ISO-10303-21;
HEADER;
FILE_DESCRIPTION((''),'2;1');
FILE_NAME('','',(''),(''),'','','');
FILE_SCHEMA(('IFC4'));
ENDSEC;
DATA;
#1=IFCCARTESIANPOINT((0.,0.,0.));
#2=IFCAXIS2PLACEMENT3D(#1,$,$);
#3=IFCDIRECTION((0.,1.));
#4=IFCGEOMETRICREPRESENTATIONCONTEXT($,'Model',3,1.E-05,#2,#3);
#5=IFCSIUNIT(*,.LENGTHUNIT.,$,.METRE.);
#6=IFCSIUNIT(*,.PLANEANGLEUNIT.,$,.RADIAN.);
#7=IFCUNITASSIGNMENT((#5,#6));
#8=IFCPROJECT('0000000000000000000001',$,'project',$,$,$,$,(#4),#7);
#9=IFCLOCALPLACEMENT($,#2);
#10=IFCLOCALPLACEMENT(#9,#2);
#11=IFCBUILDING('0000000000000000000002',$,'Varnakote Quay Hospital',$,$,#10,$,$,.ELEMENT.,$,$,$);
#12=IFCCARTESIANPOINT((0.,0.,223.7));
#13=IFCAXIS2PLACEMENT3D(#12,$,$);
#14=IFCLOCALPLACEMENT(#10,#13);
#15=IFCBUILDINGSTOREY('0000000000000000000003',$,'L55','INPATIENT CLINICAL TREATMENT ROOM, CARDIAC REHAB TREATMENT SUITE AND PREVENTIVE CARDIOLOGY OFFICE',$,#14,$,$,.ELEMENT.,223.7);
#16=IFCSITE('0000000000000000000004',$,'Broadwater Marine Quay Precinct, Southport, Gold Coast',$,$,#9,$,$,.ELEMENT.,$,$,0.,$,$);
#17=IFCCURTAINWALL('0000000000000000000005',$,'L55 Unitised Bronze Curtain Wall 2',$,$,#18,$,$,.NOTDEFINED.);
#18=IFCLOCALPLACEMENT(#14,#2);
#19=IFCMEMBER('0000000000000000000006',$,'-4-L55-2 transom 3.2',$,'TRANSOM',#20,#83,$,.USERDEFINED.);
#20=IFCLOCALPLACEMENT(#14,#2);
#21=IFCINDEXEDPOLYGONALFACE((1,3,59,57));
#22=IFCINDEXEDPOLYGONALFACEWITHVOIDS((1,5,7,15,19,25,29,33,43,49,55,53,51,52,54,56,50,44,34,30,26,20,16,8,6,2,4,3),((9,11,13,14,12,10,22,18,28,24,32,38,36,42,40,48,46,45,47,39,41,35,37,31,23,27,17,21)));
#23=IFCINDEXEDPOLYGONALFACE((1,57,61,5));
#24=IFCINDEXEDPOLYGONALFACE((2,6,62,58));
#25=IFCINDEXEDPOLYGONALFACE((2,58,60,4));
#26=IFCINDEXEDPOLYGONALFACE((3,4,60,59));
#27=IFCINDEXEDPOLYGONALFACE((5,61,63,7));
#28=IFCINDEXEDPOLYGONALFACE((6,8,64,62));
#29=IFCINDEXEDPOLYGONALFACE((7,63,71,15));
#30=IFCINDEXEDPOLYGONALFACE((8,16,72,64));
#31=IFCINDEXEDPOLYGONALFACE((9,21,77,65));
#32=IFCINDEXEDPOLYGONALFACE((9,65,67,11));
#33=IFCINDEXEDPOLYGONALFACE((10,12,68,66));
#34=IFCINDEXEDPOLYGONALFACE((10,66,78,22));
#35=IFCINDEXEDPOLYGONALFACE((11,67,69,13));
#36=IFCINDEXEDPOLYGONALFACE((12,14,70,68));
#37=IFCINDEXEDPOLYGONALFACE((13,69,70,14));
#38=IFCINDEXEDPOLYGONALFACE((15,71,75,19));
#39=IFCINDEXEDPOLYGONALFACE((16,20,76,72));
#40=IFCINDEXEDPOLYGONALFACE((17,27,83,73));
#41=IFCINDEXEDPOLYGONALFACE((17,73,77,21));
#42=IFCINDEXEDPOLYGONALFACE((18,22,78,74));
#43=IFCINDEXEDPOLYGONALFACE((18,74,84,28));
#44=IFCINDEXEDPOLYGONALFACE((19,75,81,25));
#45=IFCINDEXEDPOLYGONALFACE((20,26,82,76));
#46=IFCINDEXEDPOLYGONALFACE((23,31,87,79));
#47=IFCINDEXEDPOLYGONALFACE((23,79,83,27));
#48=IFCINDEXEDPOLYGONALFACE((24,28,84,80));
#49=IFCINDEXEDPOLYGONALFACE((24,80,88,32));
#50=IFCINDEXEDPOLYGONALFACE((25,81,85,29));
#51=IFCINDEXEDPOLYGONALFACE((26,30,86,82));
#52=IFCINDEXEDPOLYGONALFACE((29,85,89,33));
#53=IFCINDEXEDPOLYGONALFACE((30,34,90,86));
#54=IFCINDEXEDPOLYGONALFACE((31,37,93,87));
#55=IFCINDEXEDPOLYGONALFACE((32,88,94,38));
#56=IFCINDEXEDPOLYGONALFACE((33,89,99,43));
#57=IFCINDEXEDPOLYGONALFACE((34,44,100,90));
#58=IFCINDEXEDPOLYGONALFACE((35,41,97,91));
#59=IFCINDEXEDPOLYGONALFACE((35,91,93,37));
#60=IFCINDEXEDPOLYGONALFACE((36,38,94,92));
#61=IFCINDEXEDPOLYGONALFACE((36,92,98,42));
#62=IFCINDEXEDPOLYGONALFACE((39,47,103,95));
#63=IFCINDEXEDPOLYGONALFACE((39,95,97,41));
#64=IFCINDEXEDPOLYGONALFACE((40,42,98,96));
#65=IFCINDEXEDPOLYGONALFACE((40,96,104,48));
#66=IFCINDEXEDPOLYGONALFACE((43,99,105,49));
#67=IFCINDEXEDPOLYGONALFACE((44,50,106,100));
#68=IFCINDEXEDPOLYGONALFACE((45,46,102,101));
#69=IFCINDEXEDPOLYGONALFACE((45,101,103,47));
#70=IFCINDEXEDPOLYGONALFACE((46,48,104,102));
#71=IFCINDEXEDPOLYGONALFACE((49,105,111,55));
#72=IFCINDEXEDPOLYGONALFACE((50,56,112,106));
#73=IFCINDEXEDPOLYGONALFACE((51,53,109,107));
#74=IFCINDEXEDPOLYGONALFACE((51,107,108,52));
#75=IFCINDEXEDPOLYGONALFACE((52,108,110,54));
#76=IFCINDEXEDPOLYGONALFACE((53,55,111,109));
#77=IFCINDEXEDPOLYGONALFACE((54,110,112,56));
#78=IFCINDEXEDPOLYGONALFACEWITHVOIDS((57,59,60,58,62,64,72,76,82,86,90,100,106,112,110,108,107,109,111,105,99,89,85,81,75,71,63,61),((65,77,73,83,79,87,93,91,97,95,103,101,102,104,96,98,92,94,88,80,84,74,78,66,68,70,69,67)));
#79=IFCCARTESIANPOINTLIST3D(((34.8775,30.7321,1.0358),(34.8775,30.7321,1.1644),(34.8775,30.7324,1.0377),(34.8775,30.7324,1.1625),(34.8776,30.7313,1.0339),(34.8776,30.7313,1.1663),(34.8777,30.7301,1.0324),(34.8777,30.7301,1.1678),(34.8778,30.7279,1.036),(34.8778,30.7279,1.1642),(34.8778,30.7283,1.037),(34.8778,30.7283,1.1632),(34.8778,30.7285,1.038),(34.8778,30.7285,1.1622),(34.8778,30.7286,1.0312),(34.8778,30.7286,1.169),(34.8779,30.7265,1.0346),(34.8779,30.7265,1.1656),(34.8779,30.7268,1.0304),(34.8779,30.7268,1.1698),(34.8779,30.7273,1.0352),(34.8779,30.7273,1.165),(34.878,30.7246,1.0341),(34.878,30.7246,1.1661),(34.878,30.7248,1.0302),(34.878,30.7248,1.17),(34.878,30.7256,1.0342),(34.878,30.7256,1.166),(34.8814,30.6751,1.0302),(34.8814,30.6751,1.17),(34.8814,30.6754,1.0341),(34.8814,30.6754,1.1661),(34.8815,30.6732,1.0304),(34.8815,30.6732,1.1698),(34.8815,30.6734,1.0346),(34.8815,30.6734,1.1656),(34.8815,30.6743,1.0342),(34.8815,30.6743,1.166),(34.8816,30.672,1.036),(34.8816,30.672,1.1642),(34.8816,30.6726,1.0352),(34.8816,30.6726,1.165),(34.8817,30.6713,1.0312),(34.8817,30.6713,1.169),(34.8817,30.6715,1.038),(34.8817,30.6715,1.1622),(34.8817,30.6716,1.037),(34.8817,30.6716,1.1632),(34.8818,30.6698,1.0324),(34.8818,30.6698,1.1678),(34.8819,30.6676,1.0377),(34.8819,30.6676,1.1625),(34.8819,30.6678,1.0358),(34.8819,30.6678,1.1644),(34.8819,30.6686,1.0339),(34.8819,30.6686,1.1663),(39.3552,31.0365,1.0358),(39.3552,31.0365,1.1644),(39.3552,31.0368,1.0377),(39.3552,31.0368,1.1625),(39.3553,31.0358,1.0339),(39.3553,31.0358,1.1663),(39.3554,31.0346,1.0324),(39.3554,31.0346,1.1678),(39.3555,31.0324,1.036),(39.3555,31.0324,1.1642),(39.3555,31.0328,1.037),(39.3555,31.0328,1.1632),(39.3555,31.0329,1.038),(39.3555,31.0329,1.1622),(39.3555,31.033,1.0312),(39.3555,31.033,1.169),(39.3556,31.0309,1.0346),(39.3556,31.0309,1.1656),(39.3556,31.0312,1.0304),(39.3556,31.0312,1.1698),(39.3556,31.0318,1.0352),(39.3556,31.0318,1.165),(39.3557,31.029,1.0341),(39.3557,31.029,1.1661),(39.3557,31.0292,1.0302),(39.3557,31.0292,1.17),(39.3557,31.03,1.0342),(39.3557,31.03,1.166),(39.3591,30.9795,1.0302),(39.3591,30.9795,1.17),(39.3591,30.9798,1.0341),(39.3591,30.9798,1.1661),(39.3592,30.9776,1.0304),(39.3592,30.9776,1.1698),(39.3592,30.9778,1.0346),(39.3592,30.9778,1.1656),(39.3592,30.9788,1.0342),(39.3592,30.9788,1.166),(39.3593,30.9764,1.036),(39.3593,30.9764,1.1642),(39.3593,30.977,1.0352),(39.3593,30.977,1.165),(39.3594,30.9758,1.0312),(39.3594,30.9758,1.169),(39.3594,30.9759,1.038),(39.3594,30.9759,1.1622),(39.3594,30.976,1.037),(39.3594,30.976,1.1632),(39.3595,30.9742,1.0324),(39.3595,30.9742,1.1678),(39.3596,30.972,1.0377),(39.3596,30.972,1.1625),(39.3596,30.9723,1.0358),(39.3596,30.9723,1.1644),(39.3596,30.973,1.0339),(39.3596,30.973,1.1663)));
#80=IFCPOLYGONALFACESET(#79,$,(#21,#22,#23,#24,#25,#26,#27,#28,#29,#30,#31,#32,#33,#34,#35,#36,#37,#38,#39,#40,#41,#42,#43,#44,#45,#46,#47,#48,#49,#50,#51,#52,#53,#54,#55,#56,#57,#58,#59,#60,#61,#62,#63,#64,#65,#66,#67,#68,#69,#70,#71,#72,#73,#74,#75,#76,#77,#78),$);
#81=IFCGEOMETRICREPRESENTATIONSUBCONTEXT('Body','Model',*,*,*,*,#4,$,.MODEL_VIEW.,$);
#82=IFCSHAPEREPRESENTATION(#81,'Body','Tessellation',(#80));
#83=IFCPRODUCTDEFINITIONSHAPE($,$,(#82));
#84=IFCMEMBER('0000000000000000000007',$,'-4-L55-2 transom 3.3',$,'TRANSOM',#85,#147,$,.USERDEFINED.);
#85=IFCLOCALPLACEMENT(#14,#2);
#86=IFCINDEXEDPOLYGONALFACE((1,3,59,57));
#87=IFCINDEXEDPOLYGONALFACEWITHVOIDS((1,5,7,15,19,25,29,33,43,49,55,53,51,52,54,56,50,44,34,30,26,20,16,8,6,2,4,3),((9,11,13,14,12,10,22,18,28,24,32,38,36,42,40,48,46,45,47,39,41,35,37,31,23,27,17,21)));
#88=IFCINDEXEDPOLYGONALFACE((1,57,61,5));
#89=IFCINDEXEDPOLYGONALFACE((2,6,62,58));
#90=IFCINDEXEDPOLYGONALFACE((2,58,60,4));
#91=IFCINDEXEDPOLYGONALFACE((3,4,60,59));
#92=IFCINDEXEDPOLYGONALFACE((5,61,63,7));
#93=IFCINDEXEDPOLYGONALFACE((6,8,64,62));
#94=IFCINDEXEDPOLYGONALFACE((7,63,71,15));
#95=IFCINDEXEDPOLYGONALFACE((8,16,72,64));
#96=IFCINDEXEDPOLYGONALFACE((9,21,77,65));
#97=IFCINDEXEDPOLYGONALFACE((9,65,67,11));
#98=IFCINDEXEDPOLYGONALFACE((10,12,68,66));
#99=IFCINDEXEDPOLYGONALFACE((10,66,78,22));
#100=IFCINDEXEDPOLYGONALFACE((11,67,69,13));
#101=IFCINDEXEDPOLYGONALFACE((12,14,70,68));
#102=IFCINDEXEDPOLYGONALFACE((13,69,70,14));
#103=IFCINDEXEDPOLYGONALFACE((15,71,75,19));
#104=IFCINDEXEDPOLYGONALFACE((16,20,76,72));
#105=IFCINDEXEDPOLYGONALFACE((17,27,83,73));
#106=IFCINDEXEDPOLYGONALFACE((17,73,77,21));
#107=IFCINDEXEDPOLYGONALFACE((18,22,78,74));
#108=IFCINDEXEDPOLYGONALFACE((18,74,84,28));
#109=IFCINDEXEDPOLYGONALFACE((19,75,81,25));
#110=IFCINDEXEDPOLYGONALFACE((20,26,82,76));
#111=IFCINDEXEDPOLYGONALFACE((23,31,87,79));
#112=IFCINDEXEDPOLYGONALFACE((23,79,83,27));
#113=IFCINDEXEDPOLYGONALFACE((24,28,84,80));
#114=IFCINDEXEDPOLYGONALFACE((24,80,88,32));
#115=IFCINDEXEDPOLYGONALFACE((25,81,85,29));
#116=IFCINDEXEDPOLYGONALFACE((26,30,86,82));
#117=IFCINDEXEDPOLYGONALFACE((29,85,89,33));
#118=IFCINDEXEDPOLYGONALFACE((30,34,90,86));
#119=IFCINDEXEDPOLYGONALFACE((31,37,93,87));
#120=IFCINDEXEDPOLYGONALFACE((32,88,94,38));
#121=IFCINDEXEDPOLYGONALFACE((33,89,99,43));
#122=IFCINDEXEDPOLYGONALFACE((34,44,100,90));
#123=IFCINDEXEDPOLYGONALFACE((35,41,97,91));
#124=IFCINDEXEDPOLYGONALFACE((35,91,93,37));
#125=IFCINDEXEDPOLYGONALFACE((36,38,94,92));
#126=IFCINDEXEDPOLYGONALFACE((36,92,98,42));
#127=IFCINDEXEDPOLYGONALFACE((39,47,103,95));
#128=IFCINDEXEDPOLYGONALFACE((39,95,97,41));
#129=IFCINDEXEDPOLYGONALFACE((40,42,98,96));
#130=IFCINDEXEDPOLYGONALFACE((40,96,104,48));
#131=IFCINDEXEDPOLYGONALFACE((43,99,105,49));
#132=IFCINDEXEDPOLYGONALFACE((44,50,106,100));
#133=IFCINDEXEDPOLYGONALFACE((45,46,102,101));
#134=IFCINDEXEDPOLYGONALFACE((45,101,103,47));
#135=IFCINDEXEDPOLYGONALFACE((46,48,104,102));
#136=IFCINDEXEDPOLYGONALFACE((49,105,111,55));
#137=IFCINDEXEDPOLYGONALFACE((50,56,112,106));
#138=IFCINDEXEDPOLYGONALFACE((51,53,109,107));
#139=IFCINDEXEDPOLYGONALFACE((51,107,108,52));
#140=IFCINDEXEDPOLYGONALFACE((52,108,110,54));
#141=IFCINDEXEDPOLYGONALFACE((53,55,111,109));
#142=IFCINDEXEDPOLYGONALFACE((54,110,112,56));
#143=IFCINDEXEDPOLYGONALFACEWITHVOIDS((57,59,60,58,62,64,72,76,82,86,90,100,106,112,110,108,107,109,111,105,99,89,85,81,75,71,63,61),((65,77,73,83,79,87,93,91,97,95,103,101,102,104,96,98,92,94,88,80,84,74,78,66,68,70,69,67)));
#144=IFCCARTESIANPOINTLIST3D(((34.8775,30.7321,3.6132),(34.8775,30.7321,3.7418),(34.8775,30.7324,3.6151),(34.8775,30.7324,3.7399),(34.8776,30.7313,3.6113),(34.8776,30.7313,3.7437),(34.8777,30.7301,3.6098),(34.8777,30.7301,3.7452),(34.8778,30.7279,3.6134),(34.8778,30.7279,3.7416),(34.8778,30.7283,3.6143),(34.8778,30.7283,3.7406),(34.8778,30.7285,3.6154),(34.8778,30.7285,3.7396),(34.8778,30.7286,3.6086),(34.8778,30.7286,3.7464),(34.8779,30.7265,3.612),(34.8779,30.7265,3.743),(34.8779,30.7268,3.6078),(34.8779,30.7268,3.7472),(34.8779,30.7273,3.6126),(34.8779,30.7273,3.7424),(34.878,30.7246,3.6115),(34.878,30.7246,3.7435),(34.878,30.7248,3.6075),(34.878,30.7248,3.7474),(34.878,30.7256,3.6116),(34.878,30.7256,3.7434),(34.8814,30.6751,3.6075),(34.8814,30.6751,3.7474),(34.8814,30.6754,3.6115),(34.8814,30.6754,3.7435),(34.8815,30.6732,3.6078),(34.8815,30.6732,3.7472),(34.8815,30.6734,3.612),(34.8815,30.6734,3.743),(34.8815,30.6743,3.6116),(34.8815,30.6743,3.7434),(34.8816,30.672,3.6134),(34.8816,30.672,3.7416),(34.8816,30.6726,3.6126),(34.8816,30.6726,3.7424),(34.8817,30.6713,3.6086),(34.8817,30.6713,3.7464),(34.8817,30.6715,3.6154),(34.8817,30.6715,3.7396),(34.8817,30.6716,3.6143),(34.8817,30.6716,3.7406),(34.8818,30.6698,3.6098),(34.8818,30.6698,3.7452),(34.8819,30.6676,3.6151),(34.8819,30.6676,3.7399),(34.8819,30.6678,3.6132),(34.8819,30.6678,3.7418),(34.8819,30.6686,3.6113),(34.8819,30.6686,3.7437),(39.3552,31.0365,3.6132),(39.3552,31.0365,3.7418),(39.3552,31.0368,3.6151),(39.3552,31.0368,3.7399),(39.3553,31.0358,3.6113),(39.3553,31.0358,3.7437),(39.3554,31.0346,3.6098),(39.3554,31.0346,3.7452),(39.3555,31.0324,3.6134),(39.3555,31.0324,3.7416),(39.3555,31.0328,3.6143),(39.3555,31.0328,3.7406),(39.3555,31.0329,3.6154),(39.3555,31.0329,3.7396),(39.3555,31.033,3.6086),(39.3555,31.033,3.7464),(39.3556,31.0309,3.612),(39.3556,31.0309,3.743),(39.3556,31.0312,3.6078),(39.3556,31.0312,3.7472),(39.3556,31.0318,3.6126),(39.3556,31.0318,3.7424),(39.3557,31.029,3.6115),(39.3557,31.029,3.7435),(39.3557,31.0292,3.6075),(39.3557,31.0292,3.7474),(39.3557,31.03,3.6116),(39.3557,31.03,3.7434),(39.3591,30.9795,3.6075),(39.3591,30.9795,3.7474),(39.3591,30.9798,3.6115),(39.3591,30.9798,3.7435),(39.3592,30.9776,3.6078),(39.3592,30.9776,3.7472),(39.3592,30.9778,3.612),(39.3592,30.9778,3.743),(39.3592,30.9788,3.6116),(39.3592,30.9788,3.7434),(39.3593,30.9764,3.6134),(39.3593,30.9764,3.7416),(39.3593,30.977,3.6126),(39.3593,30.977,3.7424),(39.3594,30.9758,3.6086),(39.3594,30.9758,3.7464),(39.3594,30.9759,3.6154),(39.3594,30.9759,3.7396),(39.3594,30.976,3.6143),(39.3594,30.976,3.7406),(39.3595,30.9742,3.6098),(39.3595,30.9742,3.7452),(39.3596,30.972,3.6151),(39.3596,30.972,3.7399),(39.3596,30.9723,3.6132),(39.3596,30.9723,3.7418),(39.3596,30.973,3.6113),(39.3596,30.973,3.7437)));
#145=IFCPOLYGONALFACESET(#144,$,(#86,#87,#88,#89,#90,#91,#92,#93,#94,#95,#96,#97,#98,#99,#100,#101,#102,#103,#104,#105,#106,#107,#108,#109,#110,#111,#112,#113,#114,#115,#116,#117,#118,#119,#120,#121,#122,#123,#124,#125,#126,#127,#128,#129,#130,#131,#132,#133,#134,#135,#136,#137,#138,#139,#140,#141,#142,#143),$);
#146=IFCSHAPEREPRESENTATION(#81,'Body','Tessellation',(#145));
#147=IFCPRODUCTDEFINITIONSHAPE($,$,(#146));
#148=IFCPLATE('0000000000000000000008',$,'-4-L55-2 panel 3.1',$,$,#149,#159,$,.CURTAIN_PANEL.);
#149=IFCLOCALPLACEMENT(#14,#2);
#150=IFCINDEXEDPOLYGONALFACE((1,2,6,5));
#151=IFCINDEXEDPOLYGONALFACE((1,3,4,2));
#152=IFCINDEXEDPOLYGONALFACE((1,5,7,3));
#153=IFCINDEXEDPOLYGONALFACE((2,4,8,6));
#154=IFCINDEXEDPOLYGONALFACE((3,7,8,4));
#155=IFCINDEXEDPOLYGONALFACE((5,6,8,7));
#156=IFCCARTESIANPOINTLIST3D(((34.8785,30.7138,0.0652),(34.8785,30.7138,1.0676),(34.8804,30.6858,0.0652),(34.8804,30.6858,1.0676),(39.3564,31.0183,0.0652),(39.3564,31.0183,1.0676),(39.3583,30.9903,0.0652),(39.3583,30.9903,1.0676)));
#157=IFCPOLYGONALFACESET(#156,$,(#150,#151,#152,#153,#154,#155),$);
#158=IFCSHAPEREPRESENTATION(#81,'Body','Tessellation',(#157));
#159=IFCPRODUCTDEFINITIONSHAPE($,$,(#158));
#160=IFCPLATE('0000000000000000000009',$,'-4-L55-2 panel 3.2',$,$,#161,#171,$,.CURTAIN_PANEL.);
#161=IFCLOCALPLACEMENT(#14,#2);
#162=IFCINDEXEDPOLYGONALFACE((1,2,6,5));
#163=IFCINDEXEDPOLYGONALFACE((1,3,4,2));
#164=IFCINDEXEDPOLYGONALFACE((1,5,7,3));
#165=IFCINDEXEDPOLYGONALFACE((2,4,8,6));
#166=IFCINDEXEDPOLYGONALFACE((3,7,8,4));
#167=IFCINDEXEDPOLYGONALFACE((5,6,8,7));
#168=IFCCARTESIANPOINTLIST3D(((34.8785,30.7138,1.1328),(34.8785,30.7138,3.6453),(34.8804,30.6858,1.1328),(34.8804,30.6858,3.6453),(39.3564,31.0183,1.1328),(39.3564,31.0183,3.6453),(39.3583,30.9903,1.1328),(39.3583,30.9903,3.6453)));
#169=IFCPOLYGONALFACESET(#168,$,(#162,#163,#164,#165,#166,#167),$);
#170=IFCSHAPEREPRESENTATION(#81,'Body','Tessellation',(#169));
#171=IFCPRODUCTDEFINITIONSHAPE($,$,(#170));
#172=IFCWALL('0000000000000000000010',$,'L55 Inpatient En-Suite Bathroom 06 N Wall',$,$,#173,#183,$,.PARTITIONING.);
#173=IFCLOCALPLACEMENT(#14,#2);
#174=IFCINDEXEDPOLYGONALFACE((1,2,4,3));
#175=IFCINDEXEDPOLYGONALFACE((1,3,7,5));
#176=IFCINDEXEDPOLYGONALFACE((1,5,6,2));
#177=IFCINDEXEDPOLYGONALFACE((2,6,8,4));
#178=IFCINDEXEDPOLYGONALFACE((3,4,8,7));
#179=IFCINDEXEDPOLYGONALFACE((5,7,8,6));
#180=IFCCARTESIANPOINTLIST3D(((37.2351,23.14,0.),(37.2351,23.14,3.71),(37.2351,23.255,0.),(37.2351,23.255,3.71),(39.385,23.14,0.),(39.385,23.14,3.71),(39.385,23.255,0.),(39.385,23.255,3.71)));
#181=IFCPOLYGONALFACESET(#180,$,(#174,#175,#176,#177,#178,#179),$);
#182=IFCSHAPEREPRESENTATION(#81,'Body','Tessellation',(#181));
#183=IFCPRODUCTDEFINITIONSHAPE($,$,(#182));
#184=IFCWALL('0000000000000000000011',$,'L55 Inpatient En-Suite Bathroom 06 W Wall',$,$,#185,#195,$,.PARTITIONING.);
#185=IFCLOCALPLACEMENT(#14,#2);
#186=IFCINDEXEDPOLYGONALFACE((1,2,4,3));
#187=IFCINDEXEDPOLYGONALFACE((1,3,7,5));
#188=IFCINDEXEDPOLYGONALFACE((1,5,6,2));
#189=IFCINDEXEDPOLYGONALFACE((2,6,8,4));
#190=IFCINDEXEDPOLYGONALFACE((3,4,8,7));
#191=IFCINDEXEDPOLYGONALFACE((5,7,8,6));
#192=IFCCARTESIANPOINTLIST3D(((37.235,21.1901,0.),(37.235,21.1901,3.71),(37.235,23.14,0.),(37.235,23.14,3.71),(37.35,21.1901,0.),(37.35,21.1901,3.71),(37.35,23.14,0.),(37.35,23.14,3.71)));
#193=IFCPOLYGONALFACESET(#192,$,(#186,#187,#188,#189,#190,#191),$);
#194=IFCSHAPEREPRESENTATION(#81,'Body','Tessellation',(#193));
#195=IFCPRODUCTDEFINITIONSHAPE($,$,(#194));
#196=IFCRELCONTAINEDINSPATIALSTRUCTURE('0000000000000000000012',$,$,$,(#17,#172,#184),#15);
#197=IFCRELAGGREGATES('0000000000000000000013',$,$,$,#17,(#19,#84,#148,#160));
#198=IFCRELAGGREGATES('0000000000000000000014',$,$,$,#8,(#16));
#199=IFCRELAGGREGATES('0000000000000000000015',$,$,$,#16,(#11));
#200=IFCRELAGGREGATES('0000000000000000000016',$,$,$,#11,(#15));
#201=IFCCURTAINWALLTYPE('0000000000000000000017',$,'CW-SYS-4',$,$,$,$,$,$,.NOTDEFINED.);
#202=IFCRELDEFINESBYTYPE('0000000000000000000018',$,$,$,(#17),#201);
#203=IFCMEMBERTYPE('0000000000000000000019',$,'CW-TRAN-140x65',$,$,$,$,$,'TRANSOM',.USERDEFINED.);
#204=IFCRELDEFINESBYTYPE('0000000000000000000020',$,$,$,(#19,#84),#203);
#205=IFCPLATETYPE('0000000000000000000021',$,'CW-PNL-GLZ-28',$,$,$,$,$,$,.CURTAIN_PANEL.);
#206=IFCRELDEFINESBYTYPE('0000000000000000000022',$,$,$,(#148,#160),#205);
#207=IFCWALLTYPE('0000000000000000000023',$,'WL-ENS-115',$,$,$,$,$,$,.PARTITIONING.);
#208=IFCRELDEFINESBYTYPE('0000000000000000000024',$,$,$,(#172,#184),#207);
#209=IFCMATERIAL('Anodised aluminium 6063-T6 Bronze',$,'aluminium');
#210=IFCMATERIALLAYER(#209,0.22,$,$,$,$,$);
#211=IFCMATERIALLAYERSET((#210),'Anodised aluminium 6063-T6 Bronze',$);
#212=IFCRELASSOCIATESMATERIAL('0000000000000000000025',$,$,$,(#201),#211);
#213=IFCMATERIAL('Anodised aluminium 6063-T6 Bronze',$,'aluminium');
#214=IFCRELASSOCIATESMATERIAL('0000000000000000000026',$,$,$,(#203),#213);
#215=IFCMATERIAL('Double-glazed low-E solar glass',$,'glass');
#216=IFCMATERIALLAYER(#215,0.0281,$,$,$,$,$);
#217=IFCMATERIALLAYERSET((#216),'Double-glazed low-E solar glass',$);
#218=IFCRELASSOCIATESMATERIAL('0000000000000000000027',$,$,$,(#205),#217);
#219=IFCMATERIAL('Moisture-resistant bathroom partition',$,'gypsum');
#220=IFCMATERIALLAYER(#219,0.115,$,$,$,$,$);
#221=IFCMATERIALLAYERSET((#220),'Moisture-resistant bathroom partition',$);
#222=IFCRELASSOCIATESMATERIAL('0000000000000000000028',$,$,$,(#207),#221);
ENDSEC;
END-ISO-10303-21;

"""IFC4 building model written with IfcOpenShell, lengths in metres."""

from ifc_helpers import new_model, si_unit, direction, frame, frame_2d, origin, origin_2d, place, context, subcontext, project, spatial, rectangle, hollow_rectangle, extrude, material, layer, layer_set, material_profile, profile_set, type_object, element, aggregate, save


model = new_model("IFC4")

# Units and contexts
model_context = context("Model", 3, precision=1e-05, world=origin(), true_north=direction((0.0, 1.0)))
body_context = subcontext(model_context, "Body", "Model", "MODEL_VIEW")
ifc_project = project(units=[si_unit("LENGTHUNIT", "METRE"), si_unit("PLANEANGLEUNIT", "RADIAN")], contexts=[model_context])

# Site, building, storey
site_placement = place(None, origin())
site = spatial("IfcSite", under=ifc_project, at=site_placement, Name="Broadwater Marine Quay Precinct, Southport, Gold Coast", CompositionType="ELEMENT", RefElevation=0.0)
building_placement = place(site_placement, origin())
building = spatial("IfcBuilding", under=site, at=building_placement, Name="Varnakote Quay Hospital", CompositionType="ELEMENT")
storey_placement = place(building_placement, frame((0.0, 0.0, 223.7)))
storey = spatial("IfcBuildingStorey", under=building, at=storey_placement, Name="L55", Description="INPATIENT CLINICAL TREATMENT ROOM, CARDIAC REHAB TREATMENT SUITE AND PREVENTIVE CARDIOLOGY OFFICE", CompositionType="ELEMENT", Elevation=223.7)

# Curtain wall, members, plates
ifc_material_1 = material(Name="Anodised aluminium 6063-T6 Bronze", Category="aluminium")
ifc_layer_1 = layer(ifc_material_1, 0.22)
ifc_layer_set_1 = layer_set([ifc_layer_1], Name="Anodised aluminium 6063-T6 Bronze")
curtain_wall_type = type_object("IfcCurtainWallType", Name="CW-SYS-4", PredefinedType="NOTDEFINED", material=ifc_layer_set_1)
curtain_wall_placement = place(storey_placement, origin())
curtain_wall = element("IfcCurtainWall", 1, at=curtain_wall_placement, inside=storey, type_object=curtain_wall_type, Name="L55 Unitised Bronze Curtain Wall 2", PredefinedType="NOTDEFINED")
ifc_material_2 = material(Name="Anodised aluminium 6063-T6 Bronze", Category="aluminium")
ifc_material_profile_1 = material_profile(ifc_material_2, hollow_rectangle(XDim=0.0649, YDim=0.1399, WallThickness=0.0039, InnerFilletRadius=0.0039, OuterFilletRadius=0.0076, at=origin_2d()), Name="CW-TRAN-140x65")
ifc_profile_set_1 = profile_set([ifc_material_profile_1], Name="Anodised aluminium 6063-T6 Bronze")
member_type_1 = type_object("IfcMemberType", Name="CW-TRAN-140x65", ElementType="TRANSOM", PredefinedType="USERDEFINED", material=ifc_profile_set_1)
member_1_placement = place(storey_placement, frame((39.3574, 31.0044, 1.1001), z_axis=(-0.997697, -0.067833, 0.0), x_axis=(0.067833, -0.997697, 0.0)))
member_1 = element("IfcMember", 2, at=member_1_placement, type_object=member_type_1, Name="-4-L55-2 transom 3.2", ObjectType="TRANSOM", PredefinedType="USERDEFINED", context=body_context, shape_type="SweptSolid", body=[
    extrude(hollow_rectangle(XDim=0.0649, YDim=0.1399, WallThickness=0.0039, InnerFilletRadius=0.0039, OuterFilletRadius=0.0076, at=origin_2d()), origin(), (0.0, 0.0, 1.0), 4.488),
])
member_2_placement = place(storey_placement, frame((39.3574, 31.0044, 3.6775), z_axis=(-0.997697, -0.067833, 0.0), x_axis=(0.067833, -0.997697, 0.0)))
member_2 = element("IfcMember", 3, at=member_2_placement, type_object=member_type_1, Name="-4-L55-2 transom 3.3", ObjectType="TRANSOM", PredefinedType="USERDEFINED", context=body_context, shape_type="SweptSolid", body=[
    extrude(hollow_rectangle(XDim=0.0649, YDim=0.1399, WallThickness=0.0039, InnerFilletRadius=0.0039, OuterFilletRadius=0.0076, at=origin_2d()), origin(), (0.0, 0.0, 1.0), 4.488),
])
ifc_material_3 = material(Name="Double-glazed low-E solar glass", Category="glass")
ifc_layer_2 = layer(ifc_material_3, 0.0281)
ifc_layer_set_2 = layer_set([ifc_layer_2], Name="Double-glazed low-E solar glass")
plate_type = type_object("IfcPlateType", Name="CW-PNL-GLZ-28", PredefinedType="CURTAIN_PANEL", material=ifc_layer_set_2)
plate_1_placement = place(storey_placement, frame((37.1184, 30.8521, 0.0652), z_axis=(0.0, 0.0, 1.0), x_axis=(-0.997696, -0.067842, 0.0)))
plate_1 = element("IfcPlate", 4, at=plate_1_placement, type_object=plate_type, Name="-4-L55-2 panel 3.1", PredefinedType="CURTAIN_PANEL", context=body_context, shape_type="SweptSolid", body=[
    extrude(rectangle(XDim=4.4883, YDim=0.0281, at=origin_2d()), origin(), (0.0, 0.0, 1.0), 1.0024),
])
plate_2_placement = place(storey_placement, frame((37.1184, 30.8521, 1.1328), z_axis=(0.0, 0.0, 1.0), x_axis=(-0.997696, -0.067842, 0.0)))
plate_2 = element("IfcPlate", 5, at=plate_2_placement, type_object=plate_type, Name="-4-L55-2 panel 3.2", PredefinedType="CURTAIN_PANEL", context=body_context, shape_type="SweptSolid", body=[
    extrude(rectangle(XDim=4.4883, YDim=0.0281, at=origin_2d()), origin(), (0.0, 0.0, 1.0), 2.5125),
])
aggregate(curtain_wall, [member_1, member_2, plate_1, plate_2])

# Walls
ifc_material_4 = material(Name="Moisture-resistant bathroom partition", Category="gypsum")
ifc_layer_3 = layer(ifc_material_4, 0.115)
ifc_layer_set_3 = layer_set([ifc_layer_3], Name="Moisture-resistant bathroom partition")
wall_type_1 = type_object("IfcWallType", Name="WL-ENS-115", PredefinedType="PARTITIONING", material=ifc_layer_set_3)
wall_1_placement = place(storey_placement, frame((37.2351, 23.1975, 0.0), z_axis=(0.0, 0.0, 1.0), x_axis=(1.0, 0.0, 0.0)))
element("IfcWall", 6, at=wall_1_placement, inside=storey, type_object=wall_type_1, Name="L55 Inpatient En-Suite Bathroom 06 N Wall", PredefinedType="PARTITIONING", context=body_context, shape_type="SweptSolid", body=[
    extrude(rectangle(XDim=2.1499, YDim=0.115, at=frame_2d((1.075, 0.0))), origin(), (0.0, 0.0, 1.0), 3.71),
])
wall_2_placement = place(storey_placement, frame((37.2925, 21.1899, 0.0), z_axis=(0.0, 0.0, 1.0), x_axis=(0.0, 1.0, 0.0)))
element("IfcWall", 7, at=wall_2_placement, inside=storey, type_object=wall_type_1, Name="L55 Inpatient En-Suite Bathroom 06 W Wall", PredefinedType="PARTITIONING", context=body_context, shape_type="SweptSolid", body=[
    extrude(rectangle(XDim=1.95, YDim=0.115, at=frame_2d((0.9751, 0.0))), origin(), (0.0, 0.0, 1.0), 3.71),
])

save(model, "model.ifc")
